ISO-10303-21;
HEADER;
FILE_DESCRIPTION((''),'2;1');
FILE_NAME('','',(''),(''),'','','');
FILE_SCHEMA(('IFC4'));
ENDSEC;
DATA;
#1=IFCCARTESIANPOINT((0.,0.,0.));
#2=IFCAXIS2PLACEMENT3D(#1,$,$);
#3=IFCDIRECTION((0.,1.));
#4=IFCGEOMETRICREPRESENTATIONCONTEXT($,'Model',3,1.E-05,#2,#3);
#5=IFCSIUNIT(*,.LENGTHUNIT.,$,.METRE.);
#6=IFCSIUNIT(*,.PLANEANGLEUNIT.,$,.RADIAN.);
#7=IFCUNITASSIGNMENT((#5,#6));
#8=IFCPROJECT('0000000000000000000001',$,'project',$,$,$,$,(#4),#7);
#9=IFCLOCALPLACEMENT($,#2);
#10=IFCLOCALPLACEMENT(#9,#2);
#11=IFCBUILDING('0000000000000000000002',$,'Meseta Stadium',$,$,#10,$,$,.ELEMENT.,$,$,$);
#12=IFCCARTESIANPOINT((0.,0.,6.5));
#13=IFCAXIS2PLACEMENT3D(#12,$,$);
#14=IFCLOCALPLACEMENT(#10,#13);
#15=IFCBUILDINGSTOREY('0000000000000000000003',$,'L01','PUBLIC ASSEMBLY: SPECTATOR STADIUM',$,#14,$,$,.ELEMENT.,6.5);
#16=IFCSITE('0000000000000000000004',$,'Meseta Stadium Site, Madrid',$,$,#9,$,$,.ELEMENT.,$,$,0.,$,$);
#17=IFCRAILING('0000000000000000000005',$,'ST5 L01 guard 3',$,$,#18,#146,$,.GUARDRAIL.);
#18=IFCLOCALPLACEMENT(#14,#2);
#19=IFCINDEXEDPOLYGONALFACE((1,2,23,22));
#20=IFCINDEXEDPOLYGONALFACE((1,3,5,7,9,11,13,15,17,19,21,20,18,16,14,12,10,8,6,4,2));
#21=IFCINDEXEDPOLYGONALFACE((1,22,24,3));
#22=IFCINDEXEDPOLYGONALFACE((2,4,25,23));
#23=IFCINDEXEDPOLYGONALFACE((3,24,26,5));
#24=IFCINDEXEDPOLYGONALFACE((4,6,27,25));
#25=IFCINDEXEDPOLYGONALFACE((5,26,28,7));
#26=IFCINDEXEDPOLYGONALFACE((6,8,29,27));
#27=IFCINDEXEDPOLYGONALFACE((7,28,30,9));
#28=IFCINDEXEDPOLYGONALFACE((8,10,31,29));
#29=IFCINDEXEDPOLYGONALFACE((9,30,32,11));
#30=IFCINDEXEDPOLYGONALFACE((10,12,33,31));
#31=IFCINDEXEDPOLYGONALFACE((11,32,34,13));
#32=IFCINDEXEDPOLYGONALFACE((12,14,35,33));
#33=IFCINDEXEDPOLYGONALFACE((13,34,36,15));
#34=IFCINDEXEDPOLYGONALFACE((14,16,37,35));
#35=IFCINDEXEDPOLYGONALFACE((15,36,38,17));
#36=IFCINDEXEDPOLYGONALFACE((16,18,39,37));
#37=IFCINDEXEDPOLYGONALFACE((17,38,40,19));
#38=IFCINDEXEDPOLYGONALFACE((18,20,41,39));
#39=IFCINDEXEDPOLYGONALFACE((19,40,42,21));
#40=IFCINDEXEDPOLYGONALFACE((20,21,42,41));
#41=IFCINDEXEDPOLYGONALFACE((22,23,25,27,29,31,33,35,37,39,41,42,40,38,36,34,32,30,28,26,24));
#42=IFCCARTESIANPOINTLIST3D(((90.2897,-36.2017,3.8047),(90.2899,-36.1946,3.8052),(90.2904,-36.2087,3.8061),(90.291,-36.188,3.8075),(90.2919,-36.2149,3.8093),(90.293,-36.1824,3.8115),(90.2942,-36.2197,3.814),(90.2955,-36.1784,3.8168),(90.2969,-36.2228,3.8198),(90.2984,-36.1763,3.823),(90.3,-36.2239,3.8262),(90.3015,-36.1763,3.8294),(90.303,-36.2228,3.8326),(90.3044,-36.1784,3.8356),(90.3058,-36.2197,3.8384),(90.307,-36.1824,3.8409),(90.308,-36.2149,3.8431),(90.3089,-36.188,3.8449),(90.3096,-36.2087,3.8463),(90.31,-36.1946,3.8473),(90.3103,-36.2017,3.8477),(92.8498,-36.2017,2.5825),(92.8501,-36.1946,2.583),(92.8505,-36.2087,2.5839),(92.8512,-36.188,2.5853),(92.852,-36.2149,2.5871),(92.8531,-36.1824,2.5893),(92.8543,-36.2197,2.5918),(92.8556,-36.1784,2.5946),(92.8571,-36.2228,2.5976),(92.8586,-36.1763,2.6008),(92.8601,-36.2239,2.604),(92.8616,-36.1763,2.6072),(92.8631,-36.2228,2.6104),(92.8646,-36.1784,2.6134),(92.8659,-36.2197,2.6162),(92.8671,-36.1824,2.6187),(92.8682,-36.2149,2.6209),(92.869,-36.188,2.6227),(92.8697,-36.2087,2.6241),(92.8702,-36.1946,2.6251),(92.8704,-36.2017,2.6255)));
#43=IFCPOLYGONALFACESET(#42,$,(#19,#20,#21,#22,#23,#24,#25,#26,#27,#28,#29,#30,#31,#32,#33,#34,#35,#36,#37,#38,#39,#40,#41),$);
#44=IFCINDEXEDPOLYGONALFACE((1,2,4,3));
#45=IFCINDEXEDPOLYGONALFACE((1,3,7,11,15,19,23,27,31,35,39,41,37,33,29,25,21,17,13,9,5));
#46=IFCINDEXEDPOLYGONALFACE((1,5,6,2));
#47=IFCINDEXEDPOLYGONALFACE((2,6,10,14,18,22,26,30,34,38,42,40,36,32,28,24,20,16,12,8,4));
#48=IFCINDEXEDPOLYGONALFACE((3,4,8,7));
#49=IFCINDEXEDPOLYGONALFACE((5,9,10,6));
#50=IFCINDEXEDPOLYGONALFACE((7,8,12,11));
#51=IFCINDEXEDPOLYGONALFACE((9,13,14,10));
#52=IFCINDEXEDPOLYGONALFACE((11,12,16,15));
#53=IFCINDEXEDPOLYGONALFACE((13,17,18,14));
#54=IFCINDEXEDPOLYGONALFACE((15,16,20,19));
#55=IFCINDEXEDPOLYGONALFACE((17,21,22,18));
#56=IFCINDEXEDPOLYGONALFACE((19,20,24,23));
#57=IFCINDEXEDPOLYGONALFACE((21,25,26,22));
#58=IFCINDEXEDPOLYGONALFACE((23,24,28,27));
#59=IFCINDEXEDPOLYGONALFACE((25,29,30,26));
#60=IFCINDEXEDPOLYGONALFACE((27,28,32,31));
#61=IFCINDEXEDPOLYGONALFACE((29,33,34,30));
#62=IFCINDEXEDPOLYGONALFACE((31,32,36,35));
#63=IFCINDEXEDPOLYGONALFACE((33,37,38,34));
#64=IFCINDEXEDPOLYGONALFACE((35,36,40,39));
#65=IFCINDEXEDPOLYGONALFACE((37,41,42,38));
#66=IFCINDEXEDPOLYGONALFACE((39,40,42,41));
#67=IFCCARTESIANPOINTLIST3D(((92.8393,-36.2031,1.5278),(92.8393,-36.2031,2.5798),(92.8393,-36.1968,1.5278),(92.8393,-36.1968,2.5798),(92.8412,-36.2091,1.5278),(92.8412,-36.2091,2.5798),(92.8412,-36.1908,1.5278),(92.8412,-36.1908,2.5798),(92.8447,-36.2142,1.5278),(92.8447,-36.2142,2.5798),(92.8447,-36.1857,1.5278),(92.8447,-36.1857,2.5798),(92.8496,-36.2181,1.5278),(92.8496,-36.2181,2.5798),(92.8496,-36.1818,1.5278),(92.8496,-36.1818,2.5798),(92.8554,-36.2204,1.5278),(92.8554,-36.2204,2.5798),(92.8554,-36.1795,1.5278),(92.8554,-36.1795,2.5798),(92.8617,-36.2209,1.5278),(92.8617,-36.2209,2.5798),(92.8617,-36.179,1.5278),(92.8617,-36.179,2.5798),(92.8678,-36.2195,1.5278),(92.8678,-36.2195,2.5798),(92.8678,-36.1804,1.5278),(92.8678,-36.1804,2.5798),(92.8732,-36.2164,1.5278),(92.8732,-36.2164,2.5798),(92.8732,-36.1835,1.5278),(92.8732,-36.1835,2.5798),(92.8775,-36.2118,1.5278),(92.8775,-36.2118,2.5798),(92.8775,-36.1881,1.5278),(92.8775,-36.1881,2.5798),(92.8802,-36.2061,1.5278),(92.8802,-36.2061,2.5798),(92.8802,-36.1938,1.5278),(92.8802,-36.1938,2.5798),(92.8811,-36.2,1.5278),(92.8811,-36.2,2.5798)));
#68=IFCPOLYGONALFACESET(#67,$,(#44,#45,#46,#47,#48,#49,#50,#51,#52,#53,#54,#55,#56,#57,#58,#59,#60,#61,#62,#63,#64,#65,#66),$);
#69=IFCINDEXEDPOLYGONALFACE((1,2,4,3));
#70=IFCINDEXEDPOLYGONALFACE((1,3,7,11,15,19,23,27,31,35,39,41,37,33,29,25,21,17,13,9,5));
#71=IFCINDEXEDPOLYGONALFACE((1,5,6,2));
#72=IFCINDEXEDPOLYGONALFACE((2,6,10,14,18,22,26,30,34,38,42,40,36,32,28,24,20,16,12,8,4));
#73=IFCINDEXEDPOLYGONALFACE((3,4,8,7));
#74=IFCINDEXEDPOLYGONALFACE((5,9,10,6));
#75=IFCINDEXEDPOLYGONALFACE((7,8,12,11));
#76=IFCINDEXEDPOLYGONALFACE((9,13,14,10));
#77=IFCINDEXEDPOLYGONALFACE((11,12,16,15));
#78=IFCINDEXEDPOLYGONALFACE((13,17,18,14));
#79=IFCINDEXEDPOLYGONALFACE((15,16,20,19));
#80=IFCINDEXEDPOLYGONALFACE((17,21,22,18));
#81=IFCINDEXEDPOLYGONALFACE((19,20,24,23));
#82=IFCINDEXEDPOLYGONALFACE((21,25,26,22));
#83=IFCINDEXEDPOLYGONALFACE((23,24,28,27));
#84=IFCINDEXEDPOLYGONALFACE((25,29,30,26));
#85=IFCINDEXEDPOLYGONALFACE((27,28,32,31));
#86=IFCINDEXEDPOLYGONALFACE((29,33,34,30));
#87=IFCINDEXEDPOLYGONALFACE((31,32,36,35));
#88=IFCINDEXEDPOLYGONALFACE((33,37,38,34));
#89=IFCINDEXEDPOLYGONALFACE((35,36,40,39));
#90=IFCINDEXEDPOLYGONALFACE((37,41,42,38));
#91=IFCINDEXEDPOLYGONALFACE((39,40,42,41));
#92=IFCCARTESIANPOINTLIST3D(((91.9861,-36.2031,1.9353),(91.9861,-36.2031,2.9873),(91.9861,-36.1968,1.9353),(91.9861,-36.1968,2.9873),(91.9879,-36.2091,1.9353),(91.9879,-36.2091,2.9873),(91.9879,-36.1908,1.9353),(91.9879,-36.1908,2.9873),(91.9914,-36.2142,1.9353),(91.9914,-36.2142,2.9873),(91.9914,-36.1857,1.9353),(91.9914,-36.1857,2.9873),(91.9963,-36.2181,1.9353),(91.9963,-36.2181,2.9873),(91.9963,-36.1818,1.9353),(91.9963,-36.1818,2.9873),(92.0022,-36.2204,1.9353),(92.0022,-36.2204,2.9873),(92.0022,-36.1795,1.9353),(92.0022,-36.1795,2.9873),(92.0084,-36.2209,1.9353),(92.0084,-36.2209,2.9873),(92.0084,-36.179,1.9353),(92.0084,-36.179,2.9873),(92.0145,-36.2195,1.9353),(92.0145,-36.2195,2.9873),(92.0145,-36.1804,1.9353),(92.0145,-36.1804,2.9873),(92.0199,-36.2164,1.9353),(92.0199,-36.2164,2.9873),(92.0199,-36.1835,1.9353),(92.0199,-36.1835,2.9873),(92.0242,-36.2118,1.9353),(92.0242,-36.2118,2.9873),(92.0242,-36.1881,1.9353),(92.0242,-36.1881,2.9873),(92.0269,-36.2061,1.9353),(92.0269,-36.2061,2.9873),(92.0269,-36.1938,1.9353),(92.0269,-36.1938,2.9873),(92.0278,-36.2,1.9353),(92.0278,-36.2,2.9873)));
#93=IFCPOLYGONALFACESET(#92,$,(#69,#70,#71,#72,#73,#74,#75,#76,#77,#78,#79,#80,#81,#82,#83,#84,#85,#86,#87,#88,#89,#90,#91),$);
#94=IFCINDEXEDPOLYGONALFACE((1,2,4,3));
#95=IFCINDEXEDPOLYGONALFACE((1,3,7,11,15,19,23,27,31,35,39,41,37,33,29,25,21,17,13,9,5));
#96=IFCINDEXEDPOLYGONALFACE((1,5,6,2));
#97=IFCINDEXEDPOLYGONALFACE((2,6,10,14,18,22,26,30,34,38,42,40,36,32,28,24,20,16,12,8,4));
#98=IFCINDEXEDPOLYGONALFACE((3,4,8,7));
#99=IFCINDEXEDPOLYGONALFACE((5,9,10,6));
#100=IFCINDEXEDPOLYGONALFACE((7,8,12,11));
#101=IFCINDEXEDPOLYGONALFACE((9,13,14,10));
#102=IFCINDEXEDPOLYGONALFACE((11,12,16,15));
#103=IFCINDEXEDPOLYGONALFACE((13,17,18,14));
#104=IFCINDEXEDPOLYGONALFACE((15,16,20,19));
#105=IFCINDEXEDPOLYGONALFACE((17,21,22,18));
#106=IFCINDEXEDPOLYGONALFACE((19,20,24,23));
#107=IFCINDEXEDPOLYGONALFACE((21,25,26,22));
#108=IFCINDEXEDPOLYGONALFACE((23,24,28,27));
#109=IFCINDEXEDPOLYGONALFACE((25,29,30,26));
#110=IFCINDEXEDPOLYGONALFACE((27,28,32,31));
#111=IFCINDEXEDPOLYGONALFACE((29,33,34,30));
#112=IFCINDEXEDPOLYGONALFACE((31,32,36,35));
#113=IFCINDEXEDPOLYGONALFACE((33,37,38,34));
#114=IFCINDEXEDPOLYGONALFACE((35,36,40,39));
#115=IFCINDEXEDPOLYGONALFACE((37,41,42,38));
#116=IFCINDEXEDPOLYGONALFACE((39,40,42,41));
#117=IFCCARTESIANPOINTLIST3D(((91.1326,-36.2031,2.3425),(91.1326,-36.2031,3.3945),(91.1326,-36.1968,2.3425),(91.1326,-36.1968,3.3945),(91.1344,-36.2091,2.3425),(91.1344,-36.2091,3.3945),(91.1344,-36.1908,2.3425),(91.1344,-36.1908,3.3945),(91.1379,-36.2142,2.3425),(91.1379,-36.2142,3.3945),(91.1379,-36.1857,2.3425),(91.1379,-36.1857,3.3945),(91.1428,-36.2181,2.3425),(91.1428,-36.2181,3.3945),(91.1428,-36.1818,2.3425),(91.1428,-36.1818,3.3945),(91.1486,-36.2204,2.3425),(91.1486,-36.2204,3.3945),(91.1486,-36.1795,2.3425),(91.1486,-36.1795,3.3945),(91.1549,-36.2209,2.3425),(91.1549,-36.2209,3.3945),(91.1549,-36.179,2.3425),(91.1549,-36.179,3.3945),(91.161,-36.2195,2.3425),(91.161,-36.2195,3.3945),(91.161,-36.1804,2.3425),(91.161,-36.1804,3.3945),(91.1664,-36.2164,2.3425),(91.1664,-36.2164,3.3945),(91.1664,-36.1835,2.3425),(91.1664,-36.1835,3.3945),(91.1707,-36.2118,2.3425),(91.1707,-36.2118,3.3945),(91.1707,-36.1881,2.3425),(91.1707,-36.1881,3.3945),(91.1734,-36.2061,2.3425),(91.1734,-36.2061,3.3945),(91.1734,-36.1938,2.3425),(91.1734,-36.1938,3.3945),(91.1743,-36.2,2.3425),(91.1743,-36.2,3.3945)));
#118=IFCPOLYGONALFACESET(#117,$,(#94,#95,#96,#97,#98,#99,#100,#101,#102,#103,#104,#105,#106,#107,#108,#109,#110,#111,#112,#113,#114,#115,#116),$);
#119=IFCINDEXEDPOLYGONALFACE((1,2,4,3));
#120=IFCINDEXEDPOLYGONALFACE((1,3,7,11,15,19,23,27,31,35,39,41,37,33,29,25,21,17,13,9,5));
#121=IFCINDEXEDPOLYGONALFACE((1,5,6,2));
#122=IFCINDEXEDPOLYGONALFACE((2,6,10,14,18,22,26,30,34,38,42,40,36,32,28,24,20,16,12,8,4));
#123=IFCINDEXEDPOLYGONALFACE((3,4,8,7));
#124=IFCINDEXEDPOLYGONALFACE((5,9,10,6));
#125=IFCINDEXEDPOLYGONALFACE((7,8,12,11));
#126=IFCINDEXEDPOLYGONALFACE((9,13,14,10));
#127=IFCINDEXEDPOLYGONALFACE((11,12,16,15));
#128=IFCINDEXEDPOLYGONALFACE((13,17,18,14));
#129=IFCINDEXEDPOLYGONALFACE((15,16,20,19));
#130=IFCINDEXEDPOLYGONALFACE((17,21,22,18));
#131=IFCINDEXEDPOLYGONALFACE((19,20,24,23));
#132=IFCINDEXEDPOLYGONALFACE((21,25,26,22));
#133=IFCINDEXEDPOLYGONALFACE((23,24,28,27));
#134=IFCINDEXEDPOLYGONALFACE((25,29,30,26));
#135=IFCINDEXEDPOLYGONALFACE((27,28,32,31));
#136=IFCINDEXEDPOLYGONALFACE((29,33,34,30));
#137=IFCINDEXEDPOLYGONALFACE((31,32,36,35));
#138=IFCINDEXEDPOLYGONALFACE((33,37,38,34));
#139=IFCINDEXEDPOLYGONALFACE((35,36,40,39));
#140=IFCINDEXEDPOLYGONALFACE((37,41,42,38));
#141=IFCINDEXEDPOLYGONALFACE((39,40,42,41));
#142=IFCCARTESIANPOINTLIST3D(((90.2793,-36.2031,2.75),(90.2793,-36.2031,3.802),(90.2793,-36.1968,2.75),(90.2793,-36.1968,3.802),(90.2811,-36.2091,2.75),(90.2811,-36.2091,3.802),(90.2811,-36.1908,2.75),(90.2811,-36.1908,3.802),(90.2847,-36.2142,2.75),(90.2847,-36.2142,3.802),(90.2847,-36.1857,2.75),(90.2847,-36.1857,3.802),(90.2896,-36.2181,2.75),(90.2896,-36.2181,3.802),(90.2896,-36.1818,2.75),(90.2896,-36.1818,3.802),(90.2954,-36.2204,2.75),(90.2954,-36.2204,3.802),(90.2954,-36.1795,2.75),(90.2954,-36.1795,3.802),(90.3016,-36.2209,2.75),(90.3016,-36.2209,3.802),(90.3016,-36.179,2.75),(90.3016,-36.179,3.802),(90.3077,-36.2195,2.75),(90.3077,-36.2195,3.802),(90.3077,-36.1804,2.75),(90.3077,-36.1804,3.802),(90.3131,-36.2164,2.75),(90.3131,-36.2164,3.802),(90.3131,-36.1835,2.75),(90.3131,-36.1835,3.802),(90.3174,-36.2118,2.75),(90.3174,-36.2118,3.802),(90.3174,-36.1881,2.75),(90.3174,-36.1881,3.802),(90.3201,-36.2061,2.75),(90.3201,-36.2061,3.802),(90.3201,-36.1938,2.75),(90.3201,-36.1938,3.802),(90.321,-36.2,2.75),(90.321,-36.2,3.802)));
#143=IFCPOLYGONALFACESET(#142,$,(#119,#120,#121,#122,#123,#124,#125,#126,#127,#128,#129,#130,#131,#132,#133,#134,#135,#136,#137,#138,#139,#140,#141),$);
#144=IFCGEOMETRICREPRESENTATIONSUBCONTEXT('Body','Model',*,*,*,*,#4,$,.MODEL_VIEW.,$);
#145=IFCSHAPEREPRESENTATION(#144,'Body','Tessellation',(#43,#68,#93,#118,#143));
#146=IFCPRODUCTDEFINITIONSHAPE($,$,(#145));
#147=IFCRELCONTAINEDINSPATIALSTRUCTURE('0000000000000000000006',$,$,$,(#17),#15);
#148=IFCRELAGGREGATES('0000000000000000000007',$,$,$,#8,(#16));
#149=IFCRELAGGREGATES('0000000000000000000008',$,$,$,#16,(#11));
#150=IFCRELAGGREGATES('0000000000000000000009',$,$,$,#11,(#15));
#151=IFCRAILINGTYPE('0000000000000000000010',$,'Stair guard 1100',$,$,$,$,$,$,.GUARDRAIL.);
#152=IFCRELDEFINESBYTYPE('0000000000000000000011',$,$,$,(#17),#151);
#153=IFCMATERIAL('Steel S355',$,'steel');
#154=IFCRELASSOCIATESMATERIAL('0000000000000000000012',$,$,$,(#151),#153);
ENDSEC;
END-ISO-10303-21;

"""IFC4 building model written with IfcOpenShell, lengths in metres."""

from ifc_helpers import new_model, si_unit, direction, frame, origin, origin_2d, place, context, subcontext, project, spatial, circle, extrude, material, type_object, element, save


model = new_model("IFC4")

# Units and contexts
model_context = context("Model", 3, precision=1e-05, world=origin(), true_north=direction((0.0, 1.0)))
body_context = subcontext(model_context, "Body", "Model", "MODEL_VIEW")
ifc_project = project(units=[si_unit("LENGTHUNIT", "METRE"), si_unit("PLANEANGLEUNIT", "RADIAN")], contexts=[model_context])

# Site, building, storey
site_placement = place(None, origin())
site = spatial("IfcSite", under=ifc_project, at=site_placement, Name="Meseta Stadium Site, Madrid", CompositionType="ELEMENT", RefElevation=0.0)
building_placement = place(site_placement, origin())
building = spatial("IfcBuilding", under=site, at=building_placement, Name="Meseta Stadium", CompositionType="ELEMENT")
storey_placement = place(building_placement, frame((0.0, 0.0, 6.5)))
storey = spatial("IfcBuildingStorey", under=building, at=storey_placement, Name="L01", Description="PUBLIC ASSEMBLY: SPECTATOR STADIUM", CompositionType="ELEMENT", Elevation=6.5)

# Railing
ifc_material_1 = material(Name="Steel S355", Category="steel")
railing_type_1 = type_object("IfcRailingType", Name="Stair guard 1100", PredefinedType="GUARDRAIL", material=ifc_material_1)
railing_1_placement = place(storey_placement, frame((92.8601, -36.2, 1.5278)))
element("IfcRailing", 1, at=railing_1_placement, inside=storey, type_object=railing_type_1, Name="ST5 L01 guard 3", PredefinedType="GUARDRAIL", context=body_context, shape_type="SweptSolid", body=[
    extrude(circle(Radius=0.0239, at=origin_2d()), frame((0.0, 0.0, 1.0762), z_axis=(-0.902437, 0.0, 0.430822), x_axis=(0.0, -1.0, 0.0)), (0.0, 0.0, 1.0), 2.8369),
    extrude(circle(Radius=0.021, at=origin_2d()), origin(), (0.0, 0.0, 1.0), 1.052),
    extrude(circle(Radius=0.021, at=origin_2d()), frame((-0.8533, 0.0, 0.4075)), (0.0, 0.0, 1.0), 1.052),
    extrude(circle(Radius=0.021, at=origin_2d()), frame((-1.7068, 0.0, 0.8147)), (0.0, 0.0, 1.0), 1.052),
    extrude(circle(Radius=0.021, at=origin_2d()), frame((-2.5601, 0.0, 1.2222)), (0.0, 0.0, 1.0), 1.052),
])

save(model, "model.ifc")
